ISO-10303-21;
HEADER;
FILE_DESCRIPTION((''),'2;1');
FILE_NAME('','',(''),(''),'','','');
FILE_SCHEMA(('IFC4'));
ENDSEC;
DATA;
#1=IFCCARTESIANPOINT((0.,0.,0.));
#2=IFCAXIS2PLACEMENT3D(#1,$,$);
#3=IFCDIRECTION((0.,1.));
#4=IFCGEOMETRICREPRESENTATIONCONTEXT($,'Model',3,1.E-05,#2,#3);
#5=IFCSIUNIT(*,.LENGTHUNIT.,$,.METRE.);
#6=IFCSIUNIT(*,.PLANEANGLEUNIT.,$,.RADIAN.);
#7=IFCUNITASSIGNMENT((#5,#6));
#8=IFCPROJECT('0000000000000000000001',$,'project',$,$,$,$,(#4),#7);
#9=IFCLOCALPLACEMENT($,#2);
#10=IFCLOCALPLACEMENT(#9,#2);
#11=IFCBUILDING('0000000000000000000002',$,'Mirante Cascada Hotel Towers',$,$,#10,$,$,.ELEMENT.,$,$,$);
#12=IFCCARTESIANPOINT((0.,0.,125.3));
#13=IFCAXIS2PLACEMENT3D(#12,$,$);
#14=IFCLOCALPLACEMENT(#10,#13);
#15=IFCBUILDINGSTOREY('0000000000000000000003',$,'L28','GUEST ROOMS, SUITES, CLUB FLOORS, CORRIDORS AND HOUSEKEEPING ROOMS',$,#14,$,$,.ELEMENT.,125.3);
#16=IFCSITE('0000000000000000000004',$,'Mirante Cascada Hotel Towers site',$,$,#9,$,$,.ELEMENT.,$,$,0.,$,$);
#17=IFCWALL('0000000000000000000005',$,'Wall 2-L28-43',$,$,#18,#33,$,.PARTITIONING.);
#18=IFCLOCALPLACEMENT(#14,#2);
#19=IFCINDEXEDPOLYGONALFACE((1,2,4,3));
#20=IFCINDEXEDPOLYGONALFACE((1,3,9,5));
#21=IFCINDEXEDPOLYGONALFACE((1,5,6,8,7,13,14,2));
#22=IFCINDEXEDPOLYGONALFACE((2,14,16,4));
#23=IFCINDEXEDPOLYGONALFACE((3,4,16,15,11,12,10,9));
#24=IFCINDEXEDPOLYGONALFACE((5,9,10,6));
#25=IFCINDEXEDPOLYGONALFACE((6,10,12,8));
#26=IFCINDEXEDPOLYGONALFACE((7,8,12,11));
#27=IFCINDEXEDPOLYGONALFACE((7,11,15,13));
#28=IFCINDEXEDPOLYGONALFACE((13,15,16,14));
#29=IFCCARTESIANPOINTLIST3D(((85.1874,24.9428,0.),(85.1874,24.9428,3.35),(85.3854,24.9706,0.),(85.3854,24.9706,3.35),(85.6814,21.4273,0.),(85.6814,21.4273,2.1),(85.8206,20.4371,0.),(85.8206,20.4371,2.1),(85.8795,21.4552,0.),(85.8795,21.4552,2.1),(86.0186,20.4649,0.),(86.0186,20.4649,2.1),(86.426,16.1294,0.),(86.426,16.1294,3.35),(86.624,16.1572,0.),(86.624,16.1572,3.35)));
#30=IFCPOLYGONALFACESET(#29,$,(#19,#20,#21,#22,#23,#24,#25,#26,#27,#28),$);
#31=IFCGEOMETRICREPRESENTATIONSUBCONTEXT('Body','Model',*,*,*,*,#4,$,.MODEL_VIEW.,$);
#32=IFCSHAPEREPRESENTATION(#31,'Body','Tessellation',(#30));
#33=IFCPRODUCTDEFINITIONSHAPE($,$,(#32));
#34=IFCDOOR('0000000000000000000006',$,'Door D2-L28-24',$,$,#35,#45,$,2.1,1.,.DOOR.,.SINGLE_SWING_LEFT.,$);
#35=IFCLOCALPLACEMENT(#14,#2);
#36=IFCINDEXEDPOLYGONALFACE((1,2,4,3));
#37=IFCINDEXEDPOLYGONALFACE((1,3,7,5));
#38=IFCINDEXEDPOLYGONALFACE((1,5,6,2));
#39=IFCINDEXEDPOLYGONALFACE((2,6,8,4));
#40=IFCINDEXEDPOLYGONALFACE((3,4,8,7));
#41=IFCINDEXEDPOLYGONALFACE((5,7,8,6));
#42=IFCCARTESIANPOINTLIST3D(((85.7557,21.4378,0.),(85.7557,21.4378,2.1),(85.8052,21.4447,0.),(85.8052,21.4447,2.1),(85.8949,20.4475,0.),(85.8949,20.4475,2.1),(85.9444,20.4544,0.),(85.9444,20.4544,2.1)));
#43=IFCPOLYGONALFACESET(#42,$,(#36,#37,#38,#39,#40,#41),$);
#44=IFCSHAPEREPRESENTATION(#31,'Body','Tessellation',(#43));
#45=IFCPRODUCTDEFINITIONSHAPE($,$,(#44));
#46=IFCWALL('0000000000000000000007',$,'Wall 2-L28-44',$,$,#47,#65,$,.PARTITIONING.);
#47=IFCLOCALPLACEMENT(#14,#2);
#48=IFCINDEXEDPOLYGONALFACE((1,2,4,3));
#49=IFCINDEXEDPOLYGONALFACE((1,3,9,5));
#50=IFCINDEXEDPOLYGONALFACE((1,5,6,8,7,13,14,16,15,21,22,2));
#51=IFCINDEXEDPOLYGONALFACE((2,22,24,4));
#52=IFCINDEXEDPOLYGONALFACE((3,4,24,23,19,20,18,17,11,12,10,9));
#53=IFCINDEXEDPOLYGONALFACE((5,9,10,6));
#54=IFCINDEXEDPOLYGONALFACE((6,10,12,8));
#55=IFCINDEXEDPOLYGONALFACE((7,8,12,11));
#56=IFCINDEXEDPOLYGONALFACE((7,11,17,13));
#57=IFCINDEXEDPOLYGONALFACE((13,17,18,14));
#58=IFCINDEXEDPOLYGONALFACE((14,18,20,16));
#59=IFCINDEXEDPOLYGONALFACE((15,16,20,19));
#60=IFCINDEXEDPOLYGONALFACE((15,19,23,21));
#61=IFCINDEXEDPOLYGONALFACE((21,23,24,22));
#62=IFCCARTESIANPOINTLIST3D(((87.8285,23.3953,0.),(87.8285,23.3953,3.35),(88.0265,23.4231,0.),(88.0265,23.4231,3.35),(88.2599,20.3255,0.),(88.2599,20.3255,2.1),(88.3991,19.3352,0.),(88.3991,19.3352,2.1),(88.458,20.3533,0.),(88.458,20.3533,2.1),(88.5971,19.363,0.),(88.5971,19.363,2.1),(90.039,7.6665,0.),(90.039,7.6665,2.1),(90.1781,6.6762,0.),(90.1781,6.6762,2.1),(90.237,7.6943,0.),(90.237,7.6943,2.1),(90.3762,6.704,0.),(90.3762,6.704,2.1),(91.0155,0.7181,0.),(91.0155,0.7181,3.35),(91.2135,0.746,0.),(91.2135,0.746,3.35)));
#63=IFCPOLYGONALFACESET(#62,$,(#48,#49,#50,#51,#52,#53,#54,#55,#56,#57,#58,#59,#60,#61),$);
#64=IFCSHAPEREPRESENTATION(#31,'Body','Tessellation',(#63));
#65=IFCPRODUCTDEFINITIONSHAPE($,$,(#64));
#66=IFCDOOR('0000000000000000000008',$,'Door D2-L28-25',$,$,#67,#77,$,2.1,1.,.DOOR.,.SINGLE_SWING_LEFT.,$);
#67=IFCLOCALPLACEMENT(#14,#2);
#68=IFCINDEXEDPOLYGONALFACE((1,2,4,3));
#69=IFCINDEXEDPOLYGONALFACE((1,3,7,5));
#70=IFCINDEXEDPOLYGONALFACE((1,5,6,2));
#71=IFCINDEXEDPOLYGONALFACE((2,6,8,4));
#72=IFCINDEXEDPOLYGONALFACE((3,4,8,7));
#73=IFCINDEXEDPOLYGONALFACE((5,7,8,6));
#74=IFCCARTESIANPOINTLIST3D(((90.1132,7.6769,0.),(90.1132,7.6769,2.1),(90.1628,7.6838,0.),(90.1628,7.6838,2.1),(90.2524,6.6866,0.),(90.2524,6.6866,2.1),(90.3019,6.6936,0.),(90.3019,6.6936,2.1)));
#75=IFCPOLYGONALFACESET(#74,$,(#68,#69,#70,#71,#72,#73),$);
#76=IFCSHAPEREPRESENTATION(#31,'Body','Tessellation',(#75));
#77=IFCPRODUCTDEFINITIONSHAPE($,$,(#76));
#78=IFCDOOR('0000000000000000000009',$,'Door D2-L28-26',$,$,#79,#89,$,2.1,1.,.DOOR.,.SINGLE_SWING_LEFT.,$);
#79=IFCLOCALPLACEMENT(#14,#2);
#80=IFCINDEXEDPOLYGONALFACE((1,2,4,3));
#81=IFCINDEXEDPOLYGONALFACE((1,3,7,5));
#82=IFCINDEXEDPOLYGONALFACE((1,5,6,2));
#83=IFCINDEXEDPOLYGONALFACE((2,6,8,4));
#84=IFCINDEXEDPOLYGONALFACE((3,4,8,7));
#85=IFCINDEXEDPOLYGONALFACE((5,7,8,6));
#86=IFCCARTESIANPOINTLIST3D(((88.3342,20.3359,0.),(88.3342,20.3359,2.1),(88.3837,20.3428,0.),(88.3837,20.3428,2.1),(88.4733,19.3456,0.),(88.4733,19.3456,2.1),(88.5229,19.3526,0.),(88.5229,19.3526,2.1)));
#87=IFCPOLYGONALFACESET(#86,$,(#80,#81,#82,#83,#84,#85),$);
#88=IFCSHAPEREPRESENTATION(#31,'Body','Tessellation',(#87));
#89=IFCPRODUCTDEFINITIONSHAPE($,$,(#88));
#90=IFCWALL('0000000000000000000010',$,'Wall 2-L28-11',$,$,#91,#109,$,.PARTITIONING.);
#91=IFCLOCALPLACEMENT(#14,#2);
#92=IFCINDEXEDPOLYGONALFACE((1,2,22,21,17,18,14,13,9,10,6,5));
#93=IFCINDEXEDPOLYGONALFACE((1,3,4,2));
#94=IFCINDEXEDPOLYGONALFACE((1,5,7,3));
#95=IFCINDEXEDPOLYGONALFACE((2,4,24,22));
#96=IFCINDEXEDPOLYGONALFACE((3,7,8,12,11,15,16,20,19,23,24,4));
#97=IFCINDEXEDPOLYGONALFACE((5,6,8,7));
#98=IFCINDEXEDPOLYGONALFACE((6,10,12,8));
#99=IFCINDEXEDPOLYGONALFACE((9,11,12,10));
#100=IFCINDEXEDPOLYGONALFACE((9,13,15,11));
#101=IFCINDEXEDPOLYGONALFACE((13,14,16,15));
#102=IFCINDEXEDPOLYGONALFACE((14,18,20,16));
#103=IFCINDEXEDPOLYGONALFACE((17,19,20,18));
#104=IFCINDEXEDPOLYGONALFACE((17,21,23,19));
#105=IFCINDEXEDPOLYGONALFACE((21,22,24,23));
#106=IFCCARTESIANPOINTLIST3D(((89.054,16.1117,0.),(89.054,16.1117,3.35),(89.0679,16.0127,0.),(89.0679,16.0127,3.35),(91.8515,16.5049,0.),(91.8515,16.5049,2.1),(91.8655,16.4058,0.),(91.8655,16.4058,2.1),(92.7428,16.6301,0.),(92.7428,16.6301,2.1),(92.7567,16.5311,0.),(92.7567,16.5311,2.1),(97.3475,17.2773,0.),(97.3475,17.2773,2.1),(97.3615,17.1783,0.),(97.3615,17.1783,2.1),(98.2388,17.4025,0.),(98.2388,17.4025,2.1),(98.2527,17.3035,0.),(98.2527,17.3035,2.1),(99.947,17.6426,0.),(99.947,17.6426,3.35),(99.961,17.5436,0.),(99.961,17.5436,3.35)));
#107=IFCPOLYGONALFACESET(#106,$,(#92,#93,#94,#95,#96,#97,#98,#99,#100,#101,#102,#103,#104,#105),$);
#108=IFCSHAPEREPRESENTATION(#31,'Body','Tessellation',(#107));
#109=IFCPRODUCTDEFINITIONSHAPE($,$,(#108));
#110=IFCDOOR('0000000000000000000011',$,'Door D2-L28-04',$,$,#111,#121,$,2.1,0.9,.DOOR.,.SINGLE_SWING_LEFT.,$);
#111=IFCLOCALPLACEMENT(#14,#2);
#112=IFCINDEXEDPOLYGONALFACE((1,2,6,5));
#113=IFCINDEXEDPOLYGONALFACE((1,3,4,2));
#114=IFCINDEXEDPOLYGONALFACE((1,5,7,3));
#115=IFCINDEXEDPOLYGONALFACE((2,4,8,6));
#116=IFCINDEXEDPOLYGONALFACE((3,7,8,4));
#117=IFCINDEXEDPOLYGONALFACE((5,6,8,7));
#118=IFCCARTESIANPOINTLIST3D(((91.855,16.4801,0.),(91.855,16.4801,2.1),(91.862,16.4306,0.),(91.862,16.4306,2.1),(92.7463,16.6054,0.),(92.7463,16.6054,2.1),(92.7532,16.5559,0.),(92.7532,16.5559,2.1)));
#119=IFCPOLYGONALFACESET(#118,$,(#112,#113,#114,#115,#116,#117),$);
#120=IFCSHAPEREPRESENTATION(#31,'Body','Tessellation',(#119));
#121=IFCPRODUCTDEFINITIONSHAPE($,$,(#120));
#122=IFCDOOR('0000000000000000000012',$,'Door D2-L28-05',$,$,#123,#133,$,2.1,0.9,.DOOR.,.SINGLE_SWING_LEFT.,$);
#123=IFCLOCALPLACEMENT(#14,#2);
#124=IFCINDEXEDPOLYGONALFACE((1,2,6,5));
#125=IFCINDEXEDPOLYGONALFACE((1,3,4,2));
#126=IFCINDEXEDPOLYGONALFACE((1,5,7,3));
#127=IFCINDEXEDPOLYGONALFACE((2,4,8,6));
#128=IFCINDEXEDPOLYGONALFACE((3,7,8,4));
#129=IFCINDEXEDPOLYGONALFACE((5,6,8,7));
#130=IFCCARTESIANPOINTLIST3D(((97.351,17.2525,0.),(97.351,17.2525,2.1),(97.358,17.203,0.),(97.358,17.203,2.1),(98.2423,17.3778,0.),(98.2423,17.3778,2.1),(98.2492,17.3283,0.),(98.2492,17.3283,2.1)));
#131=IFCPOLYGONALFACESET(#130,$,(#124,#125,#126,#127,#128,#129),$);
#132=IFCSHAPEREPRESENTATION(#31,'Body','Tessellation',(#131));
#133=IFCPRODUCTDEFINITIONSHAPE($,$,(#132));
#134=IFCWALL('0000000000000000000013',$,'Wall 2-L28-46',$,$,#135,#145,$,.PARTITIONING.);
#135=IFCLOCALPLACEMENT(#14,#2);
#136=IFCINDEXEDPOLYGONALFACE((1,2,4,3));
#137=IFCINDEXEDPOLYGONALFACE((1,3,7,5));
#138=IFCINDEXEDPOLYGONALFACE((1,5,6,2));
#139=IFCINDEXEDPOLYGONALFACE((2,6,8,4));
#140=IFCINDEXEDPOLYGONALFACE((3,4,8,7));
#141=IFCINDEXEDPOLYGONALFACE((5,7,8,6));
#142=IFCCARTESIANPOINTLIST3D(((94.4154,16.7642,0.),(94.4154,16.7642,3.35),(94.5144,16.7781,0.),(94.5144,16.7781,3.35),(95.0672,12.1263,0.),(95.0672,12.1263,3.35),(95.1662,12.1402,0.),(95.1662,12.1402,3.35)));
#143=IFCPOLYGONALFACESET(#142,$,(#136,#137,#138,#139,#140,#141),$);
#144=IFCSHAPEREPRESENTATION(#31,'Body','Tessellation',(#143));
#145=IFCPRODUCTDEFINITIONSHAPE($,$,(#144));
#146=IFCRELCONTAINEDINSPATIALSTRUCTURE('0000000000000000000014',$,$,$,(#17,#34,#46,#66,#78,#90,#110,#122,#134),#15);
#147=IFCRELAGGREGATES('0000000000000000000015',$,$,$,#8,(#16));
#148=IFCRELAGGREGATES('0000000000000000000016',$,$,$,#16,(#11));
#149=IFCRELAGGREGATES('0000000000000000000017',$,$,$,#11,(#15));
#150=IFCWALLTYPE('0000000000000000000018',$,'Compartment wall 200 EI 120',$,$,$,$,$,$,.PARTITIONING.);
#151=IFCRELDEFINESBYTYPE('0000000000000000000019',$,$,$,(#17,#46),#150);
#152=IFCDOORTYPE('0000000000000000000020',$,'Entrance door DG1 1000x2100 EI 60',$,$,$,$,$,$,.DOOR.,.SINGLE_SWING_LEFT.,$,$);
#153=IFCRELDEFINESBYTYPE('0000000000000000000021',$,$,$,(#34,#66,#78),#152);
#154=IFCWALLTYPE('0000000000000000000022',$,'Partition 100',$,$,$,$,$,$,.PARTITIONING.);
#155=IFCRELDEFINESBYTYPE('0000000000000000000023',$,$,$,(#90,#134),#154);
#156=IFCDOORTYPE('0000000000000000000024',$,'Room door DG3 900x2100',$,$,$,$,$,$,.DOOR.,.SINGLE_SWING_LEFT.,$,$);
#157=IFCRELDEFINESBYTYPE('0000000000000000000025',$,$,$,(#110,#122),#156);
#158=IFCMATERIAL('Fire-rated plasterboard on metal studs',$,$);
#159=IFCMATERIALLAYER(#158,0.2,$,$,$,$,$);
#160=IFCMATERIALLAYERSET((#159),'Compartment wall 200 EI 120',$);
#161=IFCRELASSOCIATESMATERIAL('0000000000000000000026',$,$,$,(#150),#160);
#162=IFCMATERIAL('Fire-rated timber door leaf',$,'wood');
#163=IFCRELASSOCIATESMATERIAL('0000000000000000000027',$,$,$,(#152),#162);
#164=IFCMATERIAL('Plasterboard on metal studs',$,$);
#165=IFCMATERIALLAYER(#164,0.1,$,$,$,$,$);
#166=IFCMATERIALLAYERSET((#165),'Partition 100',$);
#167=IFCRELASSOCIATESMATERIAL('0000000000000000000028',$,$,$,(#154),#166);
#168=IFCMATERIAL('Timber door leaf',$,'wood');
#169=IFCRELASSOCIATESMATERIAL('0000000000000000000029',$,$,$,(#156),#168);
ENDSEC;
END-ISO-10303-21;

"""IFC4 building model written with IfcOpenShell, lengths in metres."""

from ifc_helpers import new_model, si_unit, direction, frame, frame_2d, origin, place, context, subcontext, project, spatial, rectangle, extrude, material, layer, layer_set, type_object, element, fill, save


model = new_model("IFC4")

# Units and contexts
model_context = context("Model", 3, precision=1e-05, world=origin(), true_north=direction((0.0, 1.0)))
body_context = subcontext(model_context, "Body", "Model", "MODEL_VIEW")
ifc_project = project(units=[si_unit("LENGTHUNIT", "METRE"), si_unit("PLANEANGLEUNIT", "RADIAN")], contexts=[model_context])

# Site, building, storey
site_placement = place(None, origin())
site = spatial("IfcSite", under=ifc_project, at=site_placement, Name="Mirante Cascada Hotel Towers site", CompositionType="ELEMENT", RefElevation=0.0)
building_placement = place(site_placement, origin())
building = spatial("IfcBuilding", under=site, at=building_placement, Name="Mirante Cascada Hotel Towers", CompositionType="ELEMENT")
storey_placement = place(building_placement, frame((0.0, 0.0, 125.3)))
storey = spatial("IfcBuildingStorey", under=building, at=storey_placement, Name="L28", Description="GUEST ROOMS, SUITES, CLUB FLOORS, CORRIDORS AND HOUSEKEEPING ROOMS", CompositionType="ELEMENT", Elevation=125.3)

# Shared definitions
ifc_material_1 = material(Name="Fire-rated plasterboard on metal studs")
ifc_layer_1 = layer(ifc_material_1, 0.2)
ifc_layer_set_1 = layer_set([ifc_layer_1], Name="Compartment wall 200 EI 120")
wall_type_1 = type_object("IfcWallType", Name="Compartment wall 200 EI 120", PredefinedType="PARTITIONING", material=ifc_layer_set_1)
ifc_material_2 = material(Name="Fire-rated timber door leaf", Category="wood")
door_type_1 = type_object("IfcDoorType", Name="Entrance door DG1 1000x2100 EI 60", OperationType="SINGLE_SWING_LEFT", PredefinedType="DOOR", material=ifc_material_2)

# Wall, opening, door
wall_1_placement = place(storey_placement, frame((86.525, 16.1433, 0.0), z_axis=(0.0, 0.0, 1.0), x_axis=(-0.139168, 0.990269, 0.0)))
wall_1 = element("IfcWall", 1, at=wall_1_placement, inside=storey, type_object=wall_type_1, Name="Wall 2-L28-43", PredefinedType="PARTITIONING", context=body_context, shape_type="SweptSolid", body=[
    extrude(rectangle(XDim=8.9, YDim=0.2, at=frame_2d((4.45, 0.0))), origin(), (0.0, 0.0, 1.0), 3.35),
])
opening_1_placement = place(wall_1_placement, frame((4.35, 0.0, 0.0)))
opening_1 = element("IfcOpeningElement", 2, at=opening_1_placement, cuts=wall_1, PredefinedType="OPENING", context=body_context, shape_type="SweptSolid", body=[
    extrude(rectangle(XDim=1.0, YDim=2.1, at=frame_2d((0.5, 1.05))), frame((0.0, 0.1, 0.0), z_axis=(0.0, -1.0, 0.0), x_axis=(1.0, 0.0, 0.0)), (0.0, 0.0, 1.0), 0.2),
])
door_1_placement = place(opening_1_placement, origin())
door_1 = element("IfcDoor", 3, at=door_1_placement, inside=storey, type_object=door_type_1, Name="Door D2-L28-24", OperationType="SINGLE_SWING_LEFT", OverallHeight=2.1, OverallWidth=1.0, PredefinedType="DOOR", context=body_context, shape_type="SweptSolid", body=[
    extrude(rectangle(XDim=1.0, YDim=2.1, at=frame_2d((0.5, 1.05))), frame((0.0, 0.025, 0.0), z_axis=(0.0, -1.0, 0.0), x_axis=(1.0, 0.0, 0.0)), (0.0, 0.0, 1.0), 0.05),
])
fill(opening_1, door_1)

# Walls, openings, doors
wall_2_placement = place(storey_placement, frame((87.9275, 23.4092, 0.0), z_axis=(0.0, 0.0, 1.0), x_axis=(0.139171, -0.990268, 0.0)))
wall_2 = element("IfcWall", 4, at=wall_2_placement, inside=storey, type_object=wall_type_1, Name="Wall 2-L28-44", PredefinedType="PARTITIONING", context=body_context, shape_type="SweptSolid", body=[
    extrude(rectangle(XDim=22.9, YDim=0.2, at=frame_2d((11.45, 0.0))), origin(), (0.0, 0.0, 1.0), 3.35),
])
opening_2_placement = place(wall_2_placement, frame((15.8834, 0.0, 0.0)))
opening_2 = element("IfcOpeningElement", 5, at=opening_2_placement, cuts=wall_2, PredefinedType="OPENING", context=body_context, shape_type="SweptSolid", body=[
    extrude(rectangle(XDim=1.0, YDim=2.1, at=frame_2d((0.5, 1.05))), frame((0.0, 0.1, 0.0), z_axis=(0.0, -1.0, 0.0), x_axis=(1.0, 0.0, 0.0)), (0.0, 0.0, 1.0), 0.2),
])
opening_3_placement = place(wall_2_placement, frame((3.1, 0.0, 0.0)))
opening_3 = element("IfcOpeningElement", 6, at=opening_3_placement, cuts=wall_2, PredefinedType="OPENING", context=body_context, shape_type="SweptSolid", body=[
    extrude(rectangle(XDim=1.0, YDim=2.1, at=frame_2d((0.5, 1.05))), frame((0.0, 0.1, 0.0), z_axis=(0.0, -1.0, 0.0), x_axis=(1.0, 0.0, 0.0)), (0.0, 0.0, 1.0), 0.2),
])
door_2_placement = place(opening_2_placement, origin())
door_2 = element("IfcDoor", 7, at=door_2_placement, inside=storey, type_object=door_type_1, Name="Door D2-L28-25", OperationType="SINGLE_SWING_LEFT", OverallHeight=2.1, OverallWidth=1.0, PredefinedType="DOOR", context=body_context, shape_type="SweptSolid", body=[
    extrude(rectangle(XDim=1.0, YDim=2.1, at=frame_2d((0.5, 1.05))), frame((0.0, 0.025, 0.0), z_axis=(0.0, -1.0, 0.0), x_axis=(1.0, 0.0, 0.0)), (0.0, 0.0, 1.0), 0.05),
])
fill(opening_2, door_2)
door_3_placement = place(opening_3_placement, origin())
door_3 = element("IfcDoor", 8, at=door_3_placement, inside=storey, type_object=door_type_1, Name="Door D2-L28-26", OperationType="SINGLE_SWING_LEFT", OverallHeight=2.1, OverallWidth=1.0, PredefinedType="DOOR", context=body_context, shape_type="SweptSolid", body=[
    extrude(rectangle(XDim=1.0, YDim=2.1, at=frame_2d((0.5, 1.05))), frame((0.0, 0.025, 0.0), z_axis=(0.0, -1.0, 0.0), x_axis=(1.0, 0.0, 0.0)), (0.0, 0.0, 1.0), 0.05),
])
fill(opening_3, door_3)
ifc_material_3 = material(Name="Plasterboard on metal studs")
ifc_layer_2 = layer(ifc_material_3, 0.1)
ifc_layer_set_2 = layer_set([ifc_layer_2], Name="Partition 100")
wall_type_2 = type_object("IfcWallType", Name="Partition 100", PredefinedType="PARTITIONING", material=ifc_layer_set_2)
wall_3_placement = place(storey_placement, frame((89.061, 16.0622, 0.0), z_axis=(0.0, 0.0, 1.0), x_axis=(0.990268, 0.139172, 0.0)))
wall_3 = element("IfcWall", 9, at=wall_3_placement, inside=storey, type_object=wall_type_2, Name="Wall 2-L28-11", PredefinedType="PARTITIONING", context=body_context, shape_type="SweptSolid", body=[
    extrude(rectangle(XDim=11.0001, YDim=0.1, at=frame_2d((5.5, 0.0))), origin(), (0.0, 0.0, 1.0), 3.35),
])
opening_4_placement = place(wall_3_placement, frame((2.825, 0.0, 0.0)))
opening_4 = element("IfcOpeningElement", 10, at=opening_4_placement, cuts=wall_3, PredefinedType="OPENING", context=body_context, shape_type="SweptSolid", body=[
    extrude(rectangle(XDim=0.9, YDim=2.1, at=frame_2d((0.45, 1.05))), frame((0.0, 0.05, 0.0), z_axis=(0.0, -1.0, 0.0), x_axis=(1.0, 0.0, 0.0)), (0.0, 0.0, 1.0), 0.1),
])
opening_5_placement = place(wall_3_placement, frame((8.375, 0.0, 0.0)))
opening_5 = element("IfcOpeningElement", 11, at=opening_5_placement, cuts=wall_3, PredefinedType="OPENING", context=body_context, shape_type="SweptSolid", body=[
    extrude(rectangle(XDim=0.9, YDim=2.1, at=frame_2d((0.45, 1.05))), frame((0.0, 0.05, 0.0), z_axis=(0.0, -1.0, 0.0), x_axis=(1.0, 0.0, 0.0)), (0.0, 0.0, 1.0), 0.1),
])
ifc_material_4 = material(Name="Timber door leaf", Category="wood")
door_type_2 = type_object("IfcDoorType", Name="Room door DG3 900x2100", OperationType="SINGLE_SWING_LEFT", PredefinedType="DOOR", material=ifc_material_4)
door_4_placement = place(opening_4_placement, origin())
door_4 = element("IfcDoor", 12, at=door_4_placement, inside=storey, type_object=door_type_2, Name="Door D2-L28-04", OperationType="SINGLE_SWING_LEFT", OverallHeight=2.1, OverallWidth=0.9, PredefinedType="DOOR", context=body_context, shape_type="SweptSolid", body=[
    extrude(rectangle(XDim=0.9, YDim=2.1, at=frame_2d((0.45, 1.05))), frame((0.0, 0.025, 0.0), z_axis=(0.0, -1.0, 0.0), x_axis=(1.0, 0.0, 0.0)), (0.0, 0.0, 1.0), 0.05),
])
fill(opening_4, door_4)
door_5_placement = place(opening_5_placement, origin())
door_5 = element("IfcDoor", 13, at=door_5_placement, inside=storey, type_object=door_type_2, Name="Door D2-L28-05", OperationType="SINGLE_SWING_LEFT", OverallHeight=2.1, OverallWidth=0.9, PredefinedType="DOOR", context=body_context, shape_type="SweptSolid", body=[
    extrude(rectangle(XDim=0.9, YDim=2.1, at=frame_2d((0.45, 1.05))), frame((0.0, 0.025, 0.0), z_axis=(0.0, -1.0, 0.0), x_axis=(1.0, 0.0, 0.0)), (0.0, 0.0, 1.0), 0.05),
])
fill(opening_5, door_5)

# Wall
wall_4_placement = place(storey_placement, frame((94.4649, 16.7712, 0.0), z_axis=(0.0, 0.0, 1.0), x_axis=(0.13917, -0.990268, 0.0)))
element("IfcWall", 14, at=wall_4_placement, inside=storey, type_object=wall_type_2, Name="Wall 2-L28-46", PredefinedType="PARTITIONING", context=body_context, shape_type="SweptSolid", body=[
    extrude(rectangle(XDim=4.6835, YDim=0.1, at=frame_2d((2.3418, 0.0))), origin(), (0.0, 0.0, 1.0), 3.35),
])

save(model, "model.ifc")
